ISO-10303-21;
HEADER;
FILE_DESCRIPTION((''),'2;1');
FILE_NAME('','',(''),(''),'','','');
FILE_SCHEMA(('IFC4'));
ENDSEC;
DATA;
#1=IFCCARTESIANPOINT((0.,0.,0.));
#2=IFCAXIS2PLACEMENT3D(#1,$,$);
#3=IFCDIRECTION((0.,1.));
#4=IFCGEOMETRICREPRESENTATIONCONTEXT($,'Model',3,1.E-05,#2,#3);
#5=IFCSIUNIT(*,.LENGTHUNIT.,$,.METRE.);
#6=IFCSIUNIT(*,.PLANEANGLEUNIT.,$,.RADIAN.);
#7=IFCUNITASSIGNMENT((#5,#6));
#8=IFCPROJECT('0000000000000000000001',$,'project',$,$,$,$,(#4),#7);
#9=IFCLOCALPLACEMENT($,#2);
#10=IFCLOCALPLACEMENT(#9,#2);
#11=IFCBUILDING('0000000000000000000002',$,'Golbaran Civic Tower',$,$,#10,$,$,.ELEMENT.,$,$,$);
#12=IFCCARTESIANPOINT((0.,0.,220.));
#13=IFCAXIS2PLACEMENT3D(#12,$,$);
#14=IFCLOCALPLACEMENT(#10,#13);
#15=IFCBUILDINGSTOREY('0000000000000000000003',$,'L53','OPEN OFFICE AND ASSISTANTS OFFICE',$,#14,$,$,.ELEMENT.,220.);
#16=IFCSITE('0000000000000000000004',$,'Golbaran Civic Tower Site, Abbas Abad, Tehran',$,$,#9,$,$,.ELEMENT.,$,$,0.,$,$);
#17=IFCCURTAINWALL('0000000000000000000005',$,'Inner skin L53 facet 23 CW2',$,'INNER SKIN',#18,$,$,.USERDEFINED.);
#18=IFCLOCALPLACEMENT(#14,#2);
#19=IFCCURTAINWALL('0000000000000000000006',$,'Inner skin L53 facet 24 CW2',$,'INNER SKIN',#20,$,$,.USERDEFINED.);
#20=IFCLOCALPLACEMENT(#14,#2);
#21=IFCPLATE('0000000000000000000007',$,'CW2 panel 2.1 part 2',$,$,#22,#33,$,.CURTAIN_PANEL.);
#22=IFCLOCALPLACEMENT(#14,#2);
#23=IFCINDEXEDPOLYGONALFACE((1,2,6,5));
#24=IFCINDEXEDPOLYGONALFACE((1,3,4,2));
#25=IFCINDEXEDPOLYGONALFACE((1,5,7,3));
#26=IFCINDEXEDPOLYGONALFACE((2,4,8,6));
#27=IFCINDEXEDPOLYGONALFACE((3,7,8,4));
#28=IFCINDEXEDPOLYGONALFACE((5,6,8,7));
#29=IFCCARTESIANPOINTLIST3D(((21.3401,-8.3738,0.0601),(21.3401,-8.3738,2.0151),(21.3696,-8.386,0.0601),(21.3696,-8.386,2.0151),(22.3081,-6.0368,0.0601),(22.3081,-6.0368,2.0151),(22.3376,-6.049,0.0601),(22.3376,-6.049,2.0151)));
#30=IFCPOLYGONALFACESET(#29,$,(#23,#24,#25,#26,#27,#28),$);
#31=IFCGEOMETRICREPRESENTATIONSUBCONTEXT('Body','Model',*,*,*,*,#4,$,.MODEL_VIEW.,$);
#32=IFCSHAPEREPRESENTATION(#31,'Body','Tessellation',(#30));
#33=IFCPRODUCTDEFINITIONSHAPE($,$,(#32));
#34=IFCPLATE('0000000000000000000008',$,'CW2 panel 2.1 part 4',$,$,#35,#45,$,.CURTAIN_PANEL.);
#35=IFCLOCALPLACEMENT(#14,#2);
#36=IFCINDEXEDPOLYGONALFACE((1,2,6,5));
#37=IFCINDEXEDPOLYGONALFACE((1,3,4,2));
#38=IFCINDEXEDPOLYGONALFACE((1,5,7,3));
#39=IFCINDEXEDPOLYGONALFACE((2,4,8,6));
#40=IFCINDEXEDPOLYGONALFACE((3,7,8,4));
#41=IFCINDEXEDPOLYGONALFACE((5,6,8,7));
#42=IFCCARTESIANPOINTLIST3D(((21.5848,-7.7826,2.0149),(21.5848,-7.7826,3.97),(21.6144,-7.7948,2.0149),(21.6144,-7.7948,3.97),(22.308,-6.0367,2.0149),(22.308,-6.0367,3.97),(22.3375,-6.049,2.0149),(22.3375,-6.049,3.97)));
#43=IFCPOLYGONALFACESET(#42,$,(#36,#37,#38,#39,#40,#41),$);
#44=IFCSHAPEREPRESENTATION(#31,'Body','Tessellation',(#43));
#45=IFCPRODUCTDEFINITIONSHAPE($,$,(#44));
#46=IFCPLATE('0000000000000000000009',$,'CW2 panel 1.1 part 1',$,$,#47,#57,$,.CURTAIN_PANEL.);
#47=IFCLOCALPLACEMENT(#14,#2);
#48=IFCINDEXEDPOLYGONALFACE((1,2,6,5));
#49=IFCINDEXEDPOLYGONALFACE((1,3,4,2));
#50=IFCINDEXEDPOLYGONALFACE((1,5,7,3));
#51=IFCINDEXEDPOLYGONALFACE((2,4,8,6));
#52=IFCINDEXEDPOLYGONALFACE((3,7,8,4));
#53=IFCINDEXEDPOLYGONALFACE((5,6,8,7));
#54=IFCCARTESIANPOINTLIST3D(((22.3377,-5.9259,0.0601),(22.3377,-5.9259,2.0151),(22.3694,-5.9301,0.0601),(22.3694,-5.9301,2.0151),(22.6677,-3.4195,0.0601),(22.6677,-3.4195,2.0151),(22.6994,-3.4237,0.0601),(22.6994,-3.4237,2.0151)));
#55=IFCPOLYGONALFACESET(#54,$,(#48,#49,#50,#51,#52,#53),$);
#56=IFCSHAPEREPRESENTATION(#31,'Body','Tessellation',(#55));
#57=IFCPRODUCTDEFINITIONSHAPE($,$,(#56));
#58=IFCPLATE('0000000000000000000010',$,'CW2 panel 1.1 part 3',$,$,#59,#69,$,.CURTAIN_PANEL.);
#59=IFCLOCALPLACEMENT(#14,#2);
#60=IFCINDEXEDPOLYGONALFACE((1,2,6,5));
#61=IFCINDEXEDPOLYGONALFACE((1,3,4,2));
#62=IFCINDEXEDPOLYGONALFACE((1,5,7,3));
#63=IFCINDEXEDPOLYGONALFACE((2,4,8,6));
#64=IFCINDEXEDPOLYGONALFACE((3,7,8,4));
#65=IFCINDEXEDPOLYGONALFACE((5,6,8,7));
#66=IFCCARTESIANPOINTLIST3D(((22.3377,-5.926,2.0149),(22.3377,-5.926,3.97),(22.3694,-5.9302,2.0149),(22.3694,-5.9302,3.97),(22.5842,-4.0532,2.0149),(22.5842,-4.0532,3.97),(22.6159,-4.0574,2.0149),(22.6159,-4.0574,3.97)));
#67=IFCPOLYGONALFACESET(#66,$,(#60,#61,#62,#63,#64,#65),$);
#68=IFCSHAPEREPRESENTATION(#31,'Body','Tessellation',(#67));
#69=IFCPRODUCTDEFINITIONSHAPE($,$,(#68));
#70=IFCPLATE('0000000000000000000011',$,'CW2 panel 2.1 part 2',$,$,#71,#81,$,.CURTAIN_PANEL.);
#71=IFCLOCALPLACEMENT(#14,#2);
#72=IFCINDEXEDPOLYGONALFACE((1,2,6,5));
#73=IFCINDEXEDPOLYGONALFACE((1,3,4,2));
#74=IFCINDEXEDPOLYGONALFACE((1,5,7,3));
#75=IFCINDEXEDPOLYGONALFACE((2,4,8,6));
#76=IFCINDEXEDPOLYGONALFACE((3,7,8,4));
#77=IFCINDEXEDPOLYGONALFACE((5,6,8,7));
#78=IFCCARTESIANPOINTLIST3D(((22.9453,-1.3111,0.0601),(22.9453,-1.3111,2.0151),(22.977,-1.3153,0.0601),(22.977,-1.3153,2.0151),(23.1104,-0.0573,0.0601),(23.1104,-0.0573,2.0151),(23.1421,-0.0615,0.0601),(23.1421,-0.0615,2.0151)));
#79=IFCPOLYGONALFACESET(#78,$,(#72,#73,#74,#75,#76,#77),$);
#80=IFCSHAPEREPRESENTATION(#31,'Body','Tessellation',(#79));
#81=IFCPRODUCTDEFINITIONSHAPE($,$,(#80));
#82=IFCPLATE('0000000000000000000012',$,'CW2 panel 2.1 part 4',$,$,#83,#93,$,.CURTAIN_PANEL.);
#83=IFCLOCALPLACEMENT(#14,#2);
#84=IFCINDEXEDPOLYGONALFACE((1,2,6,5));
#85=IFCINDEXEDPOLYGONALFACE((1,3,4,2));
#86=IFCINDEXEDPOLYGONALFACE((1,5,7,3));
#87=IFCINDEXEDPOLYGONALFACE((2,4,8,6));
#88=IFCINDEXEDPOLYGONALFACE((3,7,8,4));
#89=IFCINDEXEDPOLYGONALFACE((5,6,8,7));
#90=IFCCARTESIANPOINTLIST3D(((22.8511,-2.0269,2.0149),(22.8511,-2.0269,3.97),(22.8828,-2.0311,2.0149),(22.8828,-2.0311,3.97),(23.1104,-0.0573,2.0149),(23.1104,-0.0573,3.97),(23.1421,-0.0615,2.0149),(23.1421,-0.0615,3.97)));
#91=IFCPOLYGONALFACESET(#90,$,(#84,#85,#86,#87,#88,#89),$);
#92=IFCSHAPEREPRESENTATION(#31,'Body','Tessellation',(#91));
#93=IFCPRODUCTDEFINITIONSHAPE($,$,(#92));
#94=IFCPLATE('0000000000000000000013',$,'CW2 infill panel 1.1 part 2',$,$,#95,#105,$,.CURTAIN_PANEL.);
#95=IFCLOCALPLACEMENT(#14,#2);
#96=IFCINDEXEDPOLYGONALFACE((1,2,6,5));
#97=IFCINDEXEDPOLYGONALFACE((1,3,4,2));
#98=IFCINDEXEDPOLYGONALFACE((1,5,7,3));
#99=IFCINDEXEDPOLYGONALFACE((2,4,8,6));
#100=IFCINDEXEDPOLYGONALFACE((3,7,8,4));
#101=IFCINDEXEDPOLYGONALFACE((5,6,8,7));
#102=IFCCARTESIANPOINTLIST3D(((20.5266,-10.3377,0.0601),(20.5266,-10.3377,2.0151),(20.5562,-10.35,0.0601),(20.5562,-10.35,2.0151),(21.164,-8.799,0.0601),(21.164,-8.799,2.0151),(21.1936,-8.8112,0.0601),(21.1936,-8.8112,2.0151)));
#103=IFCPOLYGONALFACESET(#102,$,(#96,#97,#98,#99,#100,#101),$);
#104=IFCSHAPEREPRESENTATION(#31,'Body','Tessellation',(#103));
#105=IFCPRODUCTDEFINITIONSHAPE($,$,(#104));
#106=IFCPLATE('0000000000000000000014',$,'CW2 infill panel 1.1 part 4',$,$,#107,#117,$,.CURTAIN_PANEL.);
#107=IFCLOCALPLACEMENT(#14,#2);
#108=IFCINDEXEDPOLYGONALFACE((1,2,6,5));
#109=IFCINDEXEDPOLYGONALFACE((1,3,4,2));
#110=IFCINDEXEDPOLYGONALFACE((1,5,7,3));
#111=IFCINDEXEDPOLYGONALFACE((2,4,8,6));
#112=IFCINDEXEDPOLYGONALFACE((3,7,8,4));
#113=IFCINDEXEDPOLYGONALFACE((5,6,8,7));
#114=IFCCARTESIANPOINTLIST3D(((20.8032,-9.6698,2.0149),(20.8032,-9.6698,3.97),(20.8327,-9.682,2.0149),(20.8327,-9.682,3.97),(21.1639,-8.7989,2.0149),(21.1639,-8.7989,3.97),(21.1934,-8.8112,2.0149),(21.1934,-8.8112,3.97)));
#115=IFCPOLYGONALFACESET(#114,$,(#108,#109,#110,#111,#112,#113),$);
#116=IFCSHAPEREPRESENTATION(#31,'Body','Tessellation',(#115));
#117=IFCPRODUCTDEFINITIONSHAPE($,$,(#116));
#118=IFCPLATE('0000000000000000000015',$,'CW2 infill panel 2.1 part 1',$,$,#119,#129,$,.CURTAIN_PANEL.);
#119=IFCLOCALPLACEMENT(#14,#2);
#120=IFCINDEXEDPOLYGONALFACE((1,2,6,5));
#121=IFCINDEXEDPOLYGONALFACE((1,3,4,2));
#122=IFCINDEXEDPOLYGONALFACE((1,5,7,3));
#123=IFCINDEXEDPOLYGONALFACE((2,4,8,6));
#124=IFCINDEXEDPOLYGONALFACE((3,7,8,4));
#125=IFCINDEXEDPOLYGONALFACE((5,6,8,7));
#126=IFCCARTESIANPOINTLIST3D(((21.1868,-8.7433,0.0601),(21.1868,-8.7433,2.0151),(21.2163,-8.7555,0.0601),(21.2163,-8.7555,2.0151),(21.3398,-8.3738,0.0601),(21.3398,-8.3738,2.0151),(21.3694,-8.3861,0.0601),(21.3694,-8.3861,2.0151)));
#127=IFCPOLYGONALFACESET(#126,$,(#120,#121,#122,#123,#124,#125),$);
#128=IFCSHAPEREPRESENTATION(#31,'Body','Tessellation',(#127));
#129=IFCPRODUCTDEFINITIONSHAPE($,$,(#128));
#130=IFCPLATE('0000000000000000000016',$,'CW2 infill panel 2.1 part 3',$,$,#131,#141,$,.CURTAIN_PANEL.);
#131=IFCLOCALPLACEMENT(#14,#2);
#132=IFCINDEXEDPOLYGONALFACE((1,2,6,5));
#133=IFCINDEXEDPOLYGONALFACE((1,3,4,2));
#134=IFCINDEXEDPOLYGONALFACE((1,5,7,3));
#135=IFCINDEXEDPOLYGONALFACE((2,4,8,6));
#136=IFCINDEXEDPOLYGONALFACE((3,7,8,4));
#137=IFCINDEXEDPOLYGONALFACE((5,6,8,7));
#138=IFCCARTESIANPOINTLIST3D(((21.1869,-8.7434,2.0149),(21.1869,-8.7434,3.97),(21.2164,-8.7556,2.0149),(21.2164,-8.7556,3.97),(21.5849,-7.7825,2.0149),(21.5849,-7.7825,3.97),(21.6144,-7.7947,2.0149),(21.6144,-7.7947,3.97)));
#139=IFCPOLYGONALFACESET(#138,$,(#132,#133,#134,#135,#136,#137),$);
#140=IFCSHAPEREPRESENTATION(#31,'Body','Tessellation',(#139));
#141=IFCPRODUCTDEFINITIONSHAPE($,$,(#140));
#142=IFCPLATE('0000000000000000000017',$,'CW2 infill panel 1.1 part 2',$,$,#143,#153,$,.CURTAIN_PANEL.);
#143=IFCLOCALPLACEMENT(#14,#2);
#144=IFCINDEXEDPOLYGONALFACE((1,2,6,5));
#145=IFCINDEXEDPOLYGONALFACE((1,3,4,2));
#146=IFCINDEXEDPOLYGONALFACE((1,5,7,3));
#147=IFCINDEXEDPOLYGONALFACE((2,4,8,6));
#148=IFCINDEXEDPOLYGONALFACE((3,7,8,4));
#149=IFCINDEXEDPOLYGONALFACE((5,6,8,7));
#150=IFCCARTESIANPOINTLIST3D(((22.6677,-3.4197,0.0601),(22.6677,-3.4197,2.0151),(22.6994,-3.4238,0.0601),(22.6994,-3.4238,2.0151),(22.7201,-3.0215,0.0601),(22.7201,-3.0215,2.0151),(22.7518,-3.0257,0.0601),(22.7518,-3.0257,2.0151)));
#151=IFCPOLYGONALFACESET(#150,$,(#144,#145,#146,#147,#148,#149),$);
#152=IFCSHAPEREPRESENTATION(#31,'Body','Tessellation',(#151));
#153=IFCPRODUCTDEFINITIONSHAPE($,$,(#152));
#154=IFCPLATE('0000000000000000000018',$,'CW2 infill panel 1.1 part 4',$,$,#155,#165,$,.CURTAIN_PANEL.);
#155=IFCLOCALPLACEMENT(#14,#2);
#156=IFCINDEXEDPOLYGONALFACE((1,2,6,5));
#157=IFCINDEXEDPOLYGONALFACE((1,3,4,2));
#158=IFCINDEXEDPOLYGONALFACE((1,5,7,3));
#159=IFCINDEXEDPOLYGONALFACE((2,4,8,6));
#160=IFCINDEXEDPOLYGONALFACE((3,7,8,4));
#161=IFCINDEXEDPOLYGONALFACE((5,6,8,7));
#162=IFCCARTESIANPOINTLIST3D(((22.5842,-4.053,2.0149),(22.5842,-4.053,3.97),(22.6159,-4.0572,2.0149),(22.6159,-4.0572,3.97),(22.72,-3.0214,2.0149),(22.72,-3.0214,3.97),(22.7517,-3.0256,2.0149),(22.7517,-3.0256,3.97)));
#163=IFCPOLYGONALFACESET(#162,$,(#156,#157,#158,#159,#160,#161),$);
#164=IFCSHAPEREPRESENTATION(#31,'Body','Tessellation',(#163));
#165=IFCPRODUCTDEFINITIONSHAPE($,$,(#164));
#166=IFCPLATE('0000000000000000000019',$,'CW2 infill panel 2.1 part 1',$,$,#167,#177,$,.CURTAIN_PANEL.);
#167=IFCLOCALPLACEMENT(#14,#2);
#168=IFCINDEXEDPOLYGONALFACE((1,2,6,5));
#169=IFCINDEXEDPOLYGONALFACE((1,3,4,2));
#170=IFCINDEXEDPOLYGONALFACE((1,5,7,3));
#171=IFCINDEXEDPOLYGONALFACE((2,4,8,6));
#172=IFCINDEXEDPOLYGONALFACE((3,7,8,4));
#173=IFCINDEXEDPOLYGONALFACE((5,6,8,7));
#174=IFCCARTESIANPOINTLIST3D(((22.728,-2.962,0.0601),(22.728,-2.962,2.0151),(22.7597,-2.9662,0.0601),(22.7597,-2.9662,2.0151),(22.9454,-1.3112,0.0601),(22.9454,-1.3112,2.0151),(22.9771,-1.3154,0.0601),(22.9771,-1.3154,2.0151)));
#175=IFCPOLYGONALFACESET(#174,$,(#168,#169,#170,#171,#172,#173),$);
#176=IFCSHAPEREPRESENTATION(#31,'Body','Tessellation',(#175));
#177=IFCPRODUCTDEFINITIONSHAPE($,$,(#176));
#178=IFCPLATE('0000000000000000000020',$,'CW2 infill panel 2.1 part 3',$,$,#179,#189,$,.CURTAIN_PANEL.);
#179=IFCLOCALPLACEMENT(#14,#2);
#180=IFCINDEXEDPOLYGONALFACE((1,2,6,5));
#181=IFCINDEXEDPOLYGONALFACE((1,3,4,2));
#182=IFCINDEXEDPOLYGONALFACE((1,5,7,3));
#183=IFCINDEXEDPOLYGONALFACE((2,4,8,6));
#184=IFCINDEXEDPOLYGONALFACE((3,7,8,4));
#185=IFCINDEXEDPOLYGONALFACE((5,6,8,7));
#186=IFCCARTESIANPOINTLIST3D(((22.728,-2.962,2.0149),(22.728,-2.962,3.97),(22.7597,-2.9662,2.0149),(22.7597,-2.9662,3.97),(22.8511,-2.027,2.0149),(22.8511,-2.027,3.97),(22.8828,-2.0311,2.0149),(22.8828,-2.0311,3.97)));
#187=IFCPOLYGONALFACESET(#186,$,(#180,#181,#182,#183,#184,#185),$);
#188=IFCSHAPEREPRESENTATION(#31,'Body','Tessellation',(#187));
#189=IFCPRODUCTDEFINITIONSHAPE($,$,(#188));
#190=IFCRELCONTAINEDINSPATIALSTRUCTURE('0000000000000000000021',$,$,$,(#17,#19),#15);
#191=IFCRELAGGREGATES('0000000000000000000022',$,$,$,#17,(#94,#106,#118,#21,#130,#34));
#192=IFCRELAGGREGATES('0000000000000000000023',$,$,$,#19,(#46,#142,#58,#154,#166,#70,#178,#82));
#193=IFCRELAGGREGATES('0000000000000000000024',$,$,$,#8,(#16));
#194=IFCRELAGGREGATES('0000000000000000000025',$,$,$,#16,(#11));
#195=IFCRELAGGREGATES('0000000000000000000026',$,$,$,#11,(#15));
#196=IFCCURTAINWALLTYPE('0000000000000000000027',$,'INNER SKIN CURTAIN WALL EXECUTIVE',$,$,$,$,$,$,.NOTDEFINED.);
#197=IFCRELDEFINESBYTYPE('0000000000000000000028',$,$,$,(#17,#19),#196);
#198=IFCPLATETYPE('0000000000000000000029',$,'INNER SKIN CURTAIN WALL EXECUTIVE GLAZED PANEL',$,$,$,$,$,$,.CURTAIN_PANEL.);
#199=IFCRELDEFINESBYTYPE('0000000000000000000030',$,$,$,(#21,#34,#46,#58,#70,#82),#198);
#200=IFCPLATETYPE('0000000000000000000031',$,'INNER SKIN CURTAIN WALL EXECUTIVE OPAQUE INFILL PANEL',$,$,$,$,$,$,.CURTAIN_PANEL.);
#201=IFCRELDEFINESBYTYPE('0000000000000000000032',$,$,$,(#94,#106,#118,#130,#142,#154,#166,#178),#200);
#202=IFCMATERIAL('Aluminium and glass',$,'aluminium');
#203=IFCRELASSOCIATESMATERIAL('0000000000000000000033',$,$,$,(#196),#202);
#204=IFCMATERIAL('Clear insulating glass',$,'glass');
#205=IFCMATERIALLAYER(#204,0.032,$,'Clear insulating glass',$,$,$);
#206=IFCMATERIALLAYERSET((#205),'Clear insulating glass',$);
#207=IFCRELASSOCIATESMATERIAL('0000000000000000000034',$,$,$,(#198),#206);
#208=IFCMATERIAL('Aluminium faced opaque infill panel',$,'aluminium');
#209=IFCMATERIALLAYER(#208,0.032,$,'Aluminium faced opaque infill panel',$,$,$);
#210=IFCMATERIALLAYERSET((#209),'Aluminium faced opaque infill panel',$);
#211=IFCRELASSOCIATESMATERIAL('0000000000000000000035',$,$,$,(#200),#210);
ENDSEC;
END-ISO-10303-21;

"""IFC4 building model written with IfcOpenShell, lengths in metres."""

from ifc_helpers import new_model, si_unit, direction, frame, origin, origin_2d, place, context, subcontext, project, spatial, rectangle, extrude, material, layer, layer_set, type_object, element, aggregate, save


model = new_model("IFC4")

# Units and contexts
model_context = context("Model", 3, precision=1e-05, world=origin(), true_north=direction((0.0, 1.0)))
body_context = subcontext(model_context, "Body", "Model", "MODEL_VIEW")
ifc_project = project(units=[si_unit("LENGTHUNIT", "METRE"), si_unit("PLANEANGLEUNIT", "RADIAN")], contexts=[model_context])

# Site, building, storey
site_placement = place(None, origin())
site = spatial("IfcSite", under=ifc_project, at=site_placement, Name="Golbaran Civic Tower Site, Abbas Abad, Tehran", CompositionType="ELEMENT", RefElevation=0.0)
building_placement = place(site_placement, origin())
building = spatial("IfcBuilding", under=site, at=building_placement, Name="Golbaran Civic Tower", CompositionType="ELEMENT")
storey_placement = place(building_placement, frame((0.0, 0.0, 220.0)))
storey = spatial("IfcBuildingStorey", under=building, at=storey_placement, Name="L53", Description="OPEN OFFICE AND ASSISTANTS OFFICE", CompositionType="ELEMENT", Elevation=220.0)

# Curtain walls
ifc_material_1 = material(Name="Aluminium and glass", Category="aluminium")
curtain_wall_type = type_object("IfcCurtainWallType", Name="INNER SKIN CURTAIN WALL EXECUTIVE", PredefinedType="NOTDEFINED", material=ifc_material_1)
curtain_wall_1_placement = place(storey_placement, origin())
curtain_wall_1 = element("IfcCurtainWall", 1, at=curtain_wall_1_placement, inside=storey, type_object=curtain_wall_type, Name="Inner skin L53 facet 23 CW2", ObjectType="INNER SKIN", PredefinedType="USERDEFINED")
curtain_wall_2_placement = place(storey_placement, origin())
curtain_wall_2 = element("IfcCurtainWall", 2, at=curtain_wall_2_placement, inside=storey, type_object=curtain_wall_type, Name="Inner skin L53 facet 24 CW2", ObjectType="INNER SKIN", PredefinedType="USERDEFINED")

# Plates
ifc_material_2 = material(Name="Clear insulating glass", Category="glass")
ifc_layer_1 = layer(ifc_material_2, 0.032, Name="Clear insulating glass")
ifc_layer_set_1 = layer_set([ifc_layer_1], Name="Clear insulating glass")
plate_type_1 = type_object("IfcPlateType", Name="INNER SKIN CURTAIN WALL EXECUTIVE GLAZED PANEL", PredefinedType="CURTAIN_PANEL", material=ifc_layer_set_1)
plate_1_placement = place(storey_placement, frame((21.8389, -7.2114, 0.0601), z_axis=(0.0, 0.0, 1.0), x_axis=(0.382683, 0.92388, 0.0)))
plate_1 = element("IfcPlate", 3, at=plate_1_placement, type_object=plate_type_1, Name="CW2 panel 2.1 part 2", PredefinedType="CURTAIN_PANEL", context=body_context, shape_type="SweptSolid", body=[
    extrude(rectangle(XDim=2.5295, YDim=0.032, at=origin_2d()), origin(), (0.0, 0.0, 1.0), 1.9551),
])
plate_2_placement = place(storey_placement, frame((21.9612, -6.9158, 2.0149), z_axis=(0.0, 0.0, 1.0), x_axis=(0.382683, 0.92388, 0.0)))
plate_2 = element("IfcPlate", 4, at=plate_2_placement, type_object=plate_type_1, Name="CW2 panel 2.1 part 4", PredefinedType="CURTAIN_PANEL", context=body_context, shape_type="SweptSolid", body=[
    extrude(rectangle(XDim=1.8896, YDim=0.032, at=origin_2d()), origin(), (0.0, 0.0, 1.0), 1.9551),
])
plate_3_placement = place(storey_placement, frame((22.5186, -4.6748, 0.0601), z_axis=(0.0, 0.0, 1.0), x_axis=(0.130526, 0.991445, 0.0)))
plate_3 = element("IfcPlate", 5, at=plate_3_placement, type_object=plate_type_1, Name="CW2 panel 1.1 part 1", PredefinedType="CURTAIN_PANEL", context=body_context, shape_type="SweptSolid", body=[
    extrude(rectangle(XDim=2.5281, YDim=0.032, at=origin_2d()), origin(), (0.0, 0.0, 1.0), 1.9551),
])
plate_4_placement = place(storey_placement, frame((22.4768, -4.9917, 2.0149), z_axis=(0.0, 0.0, 1.0), x_axis=(0.130526, 0.991445, 0.0)))
plate_4 = element("IfcPlate", 6, at=plate_4_placement, type_object=plate_type_1, Name="CW2 panel 1.1 part 3", PredefinedType="CURTAIN_PANEL", context=body_context, shape_type="SweptSolid", body=[
    extrude(rectangle(XDim=1.8889, YDim=0.032, at=origin_2d()), origin(), (0.0, 0.0, 1.0), 1.9551),
])
plate_5_placement = place(storey_placement, frame((23.0437, -0.6863, 0.0601), z_axis=(0.0, 0.0, 1.0), x_axis=(0.130526, 0.991445, 0.0)))
plate_5 = element("IfcPlate", 7, at=plate_5_placement, type_object=plate_type_1, Name="CW2 panel 2.1 part 2", PredefinedType="CURTAIN_PANEL", context=body_context, shape_type="SweptSolid", body=[
    extrude(rectangle(XDim=1.2646, YDim=0.032, at=origin_2d()), origin(), (0.0, 0.0, 1.0), 1.9551),
])
plate_6_placement = place(storey_placement, frame((22.9966, -1.0442, 2.0149), z_axis=(0.0, 0.0, 1.0), x_axis=(0.130526, 0.991445, 0.0)))
plate_6 = element("IfcPlate", 8, at=plate_6_placement, type_object=plate_type_1, Name="CW2 panel 2.1 part 4", PredefinedType="CURTAIN_PANEL", context=body_context, shape_type="SweptSolid", body=[
    extrude(rectangle(XDim=1.9866, YDim=0.032, at=origin_2d()), origin(), (0.0, 0.0, 1.0), 1.9551),
])
ifc_material_3 = material(Name="Aluminium faced opaque infill panel", Category="aluminium")
ifc_layer_2 = layer(ifc_material_3, 0.032, Name="Aluminium faced opaque infill panel")
ifc_layer_set_2 = layer_set([ifc_layer_2], Name="Aluminium faced opaque infill panel")
plate_type_2 = type_object("IfcPlateType", Name="INNER SKIN CURTAIN WALL EXECUTIVE OPAQUE INFILL PANEL", PredefinedType="CURTAIN_PANEL", material=ifc_layer_set_2)
plate_7_placement = place(storey_placement, frame((20.8601, -9.5745, 0.0601), z_axis=(0.0, 0.0, 1.0), x_axis=(0.382683, 0.92388, 0.0)))
plate_7 = element("IfcPlate", 9, at=plate_7_placement, type_object=plate_type_2, Name="CW2 infill panel 1.1 part 2", PredefinedType="CURTAIN_PANEL", context=body_context, shape_type="SweptSolid", body=[
    extrude(rectangle(XDim=1.6655, YDim=0.032, at=origin_2d()), origin(), (0.0, 0.0, 1.0), 1.9551),
])
plate_8_placement = place(storey_placement, frame((20.9983, -9.2405, 2.0149), z_axis=(0.0, 0.0, 1.0), x_axis=(0.382683, 0.92388, 0.0)))
plate_8 = element("IfcPlate", 10, at=plate_8_placement, type_object=plate_type_2, Name="CW2 infill panel 1.1 part 4", PredefinedType="CURTAIN_PANEL", context=body_context, shape_type="SweptSolid", body=[
    extrude(rectangle(XDim=0.9426, YDim=0.032, at=origin_2d()), origin(), (0.0, 0.0, 1.0), 1.9551),
])
plate_9_placement = place(storey_placement, frame((21.2781, -8.5647, 0.0601), z_axis=(0.0, 0.0, 1.0), x_axis=(0.382683, 0.92388, 0.0)))
plate_9 = element("IfcPlate", 11, at=plate_9_placement, type_object=plate_type_2, Name="CW2 infill panel 2.1 part 1", PredefinedType="CURTAIN_PANEL", context=body_context, shape_type="SweptSolid", body=[
    extrude(rectangle(XDim=0.3999, YDim=0.032, at=origin_2d()), origin(), (0.0, 0.0, 1.0), 1.9551),
])
plate_10_placement = place(storey_placement, frame((21.4006, -8.269, 2.0149), z_axis=(0.0, 0.0, 1.0), x_axis=(0.382683, 0.92388, 0.0)))
plate_10 = element("IfcPlate", 12, at=plate_10_placement, type_object=plate_type_2, Name="CW2 infill panel 2.1 part 3", PredefinedType="CURTAIN_PANEL", context=body_context, shape_type="SweptSolid", body=[
    extrude(rectangle(XDim=1.04, YDim=0.032, at=origin_2d()), origin(), (0.0, 0.0, 1.0), 1.9551),
])
aggregate(curtain_wall_1, [plate_7, plate_8, plate_9, plate_1, plate_10, plate_2])
plate_11_placement = place(storey_placement, frame((22.7097, -3.2227, 0.0601), z_axis=(0.0, 0.0, 1.0), x_axis=(0.130526, 0.991445, 0.0)))
plate_11 = element("IfcPlate", 13, at=plate_11_placement, type_object=plate_type_2, Name="CW2 infill panel 1.1 part 2", PredefinedType="CURTAIN_PANEL", context=body_context, shape_type="SweptSolid", body=[
    extrude(rectangle(XDim=0.4016, YDim=0.032, at=origin_2d()), origin(), (0.0, 0.0, 1.0), 1.9551),
])
plate_12_placement = place(storey_placement, frame((22.668, -3.5393, 2.0149), z_axis=(0.0, 0.0, 1.0), x_axis=(0.130526, 0.991445, 0.0)))
plate_12 = element("IfcPlate", 14, at=plate_12_placement, type_object=plate_type_2, Name="CW2 infill panel 1.1 part 4", PredefinedType="CURTAIN_PANEL", context=body_context, shape_type="SweptSolid", body=[
    extrude(rectangle(XDim=1.0405, YDim=0.032, at=origin_2d()), origin(), (0.0, 0.0, 1.0), 1.9551),
])
plate_13_placement = place(storey_placement, frame((22.8525, -2.1387, 0.0601), z_axis=(0.0, 0.0, 1.0), x_axis=(0.130526, 0.991445, 0.0)))
plate_13 = element("IfcPlate", 15, at=plate_13_placement, type_object=plate_type_2, Name="CW2 infill panel 2.1 part 1", PredefinedType="CURTAIN_PANEL", context=body_context, shape_type="SweptSolid", body=[
    extrude(rectangle(XDim=1.665, YDim=0.032, at=origin_2d()), origin(), (0.0, 0.0, 1.0), 1.9551),
])
plate_14_placement = place(storey_placement, frame((22.8054, -2.4966, 2.0149), z_axis=(0.0, 0.0, 1.0), x_axis=(0.130526, 0.991445, 0.0)))
plate_14 = element("IfcPlate", 16, at=plate_14_placement, type_object=plate_type_2, Name="CW2 infill panel 2.1 part 3", PredefinedType="CURTAIN_PANEL", context=body_context, shape_type="SweptSolid", body=[
    extrude(rectangle(XDim=0.9431, YDim=0.032, at=origin_2d()), origin(), (0.0, 0.0, 1.0), 1.9551),
])
aggregate(curtain_wall_2, [plate_3, plate_11, plate_4, plate_12, plate_13, plate_5, plate_14, plate_6])

save(model, "model.ifc")
